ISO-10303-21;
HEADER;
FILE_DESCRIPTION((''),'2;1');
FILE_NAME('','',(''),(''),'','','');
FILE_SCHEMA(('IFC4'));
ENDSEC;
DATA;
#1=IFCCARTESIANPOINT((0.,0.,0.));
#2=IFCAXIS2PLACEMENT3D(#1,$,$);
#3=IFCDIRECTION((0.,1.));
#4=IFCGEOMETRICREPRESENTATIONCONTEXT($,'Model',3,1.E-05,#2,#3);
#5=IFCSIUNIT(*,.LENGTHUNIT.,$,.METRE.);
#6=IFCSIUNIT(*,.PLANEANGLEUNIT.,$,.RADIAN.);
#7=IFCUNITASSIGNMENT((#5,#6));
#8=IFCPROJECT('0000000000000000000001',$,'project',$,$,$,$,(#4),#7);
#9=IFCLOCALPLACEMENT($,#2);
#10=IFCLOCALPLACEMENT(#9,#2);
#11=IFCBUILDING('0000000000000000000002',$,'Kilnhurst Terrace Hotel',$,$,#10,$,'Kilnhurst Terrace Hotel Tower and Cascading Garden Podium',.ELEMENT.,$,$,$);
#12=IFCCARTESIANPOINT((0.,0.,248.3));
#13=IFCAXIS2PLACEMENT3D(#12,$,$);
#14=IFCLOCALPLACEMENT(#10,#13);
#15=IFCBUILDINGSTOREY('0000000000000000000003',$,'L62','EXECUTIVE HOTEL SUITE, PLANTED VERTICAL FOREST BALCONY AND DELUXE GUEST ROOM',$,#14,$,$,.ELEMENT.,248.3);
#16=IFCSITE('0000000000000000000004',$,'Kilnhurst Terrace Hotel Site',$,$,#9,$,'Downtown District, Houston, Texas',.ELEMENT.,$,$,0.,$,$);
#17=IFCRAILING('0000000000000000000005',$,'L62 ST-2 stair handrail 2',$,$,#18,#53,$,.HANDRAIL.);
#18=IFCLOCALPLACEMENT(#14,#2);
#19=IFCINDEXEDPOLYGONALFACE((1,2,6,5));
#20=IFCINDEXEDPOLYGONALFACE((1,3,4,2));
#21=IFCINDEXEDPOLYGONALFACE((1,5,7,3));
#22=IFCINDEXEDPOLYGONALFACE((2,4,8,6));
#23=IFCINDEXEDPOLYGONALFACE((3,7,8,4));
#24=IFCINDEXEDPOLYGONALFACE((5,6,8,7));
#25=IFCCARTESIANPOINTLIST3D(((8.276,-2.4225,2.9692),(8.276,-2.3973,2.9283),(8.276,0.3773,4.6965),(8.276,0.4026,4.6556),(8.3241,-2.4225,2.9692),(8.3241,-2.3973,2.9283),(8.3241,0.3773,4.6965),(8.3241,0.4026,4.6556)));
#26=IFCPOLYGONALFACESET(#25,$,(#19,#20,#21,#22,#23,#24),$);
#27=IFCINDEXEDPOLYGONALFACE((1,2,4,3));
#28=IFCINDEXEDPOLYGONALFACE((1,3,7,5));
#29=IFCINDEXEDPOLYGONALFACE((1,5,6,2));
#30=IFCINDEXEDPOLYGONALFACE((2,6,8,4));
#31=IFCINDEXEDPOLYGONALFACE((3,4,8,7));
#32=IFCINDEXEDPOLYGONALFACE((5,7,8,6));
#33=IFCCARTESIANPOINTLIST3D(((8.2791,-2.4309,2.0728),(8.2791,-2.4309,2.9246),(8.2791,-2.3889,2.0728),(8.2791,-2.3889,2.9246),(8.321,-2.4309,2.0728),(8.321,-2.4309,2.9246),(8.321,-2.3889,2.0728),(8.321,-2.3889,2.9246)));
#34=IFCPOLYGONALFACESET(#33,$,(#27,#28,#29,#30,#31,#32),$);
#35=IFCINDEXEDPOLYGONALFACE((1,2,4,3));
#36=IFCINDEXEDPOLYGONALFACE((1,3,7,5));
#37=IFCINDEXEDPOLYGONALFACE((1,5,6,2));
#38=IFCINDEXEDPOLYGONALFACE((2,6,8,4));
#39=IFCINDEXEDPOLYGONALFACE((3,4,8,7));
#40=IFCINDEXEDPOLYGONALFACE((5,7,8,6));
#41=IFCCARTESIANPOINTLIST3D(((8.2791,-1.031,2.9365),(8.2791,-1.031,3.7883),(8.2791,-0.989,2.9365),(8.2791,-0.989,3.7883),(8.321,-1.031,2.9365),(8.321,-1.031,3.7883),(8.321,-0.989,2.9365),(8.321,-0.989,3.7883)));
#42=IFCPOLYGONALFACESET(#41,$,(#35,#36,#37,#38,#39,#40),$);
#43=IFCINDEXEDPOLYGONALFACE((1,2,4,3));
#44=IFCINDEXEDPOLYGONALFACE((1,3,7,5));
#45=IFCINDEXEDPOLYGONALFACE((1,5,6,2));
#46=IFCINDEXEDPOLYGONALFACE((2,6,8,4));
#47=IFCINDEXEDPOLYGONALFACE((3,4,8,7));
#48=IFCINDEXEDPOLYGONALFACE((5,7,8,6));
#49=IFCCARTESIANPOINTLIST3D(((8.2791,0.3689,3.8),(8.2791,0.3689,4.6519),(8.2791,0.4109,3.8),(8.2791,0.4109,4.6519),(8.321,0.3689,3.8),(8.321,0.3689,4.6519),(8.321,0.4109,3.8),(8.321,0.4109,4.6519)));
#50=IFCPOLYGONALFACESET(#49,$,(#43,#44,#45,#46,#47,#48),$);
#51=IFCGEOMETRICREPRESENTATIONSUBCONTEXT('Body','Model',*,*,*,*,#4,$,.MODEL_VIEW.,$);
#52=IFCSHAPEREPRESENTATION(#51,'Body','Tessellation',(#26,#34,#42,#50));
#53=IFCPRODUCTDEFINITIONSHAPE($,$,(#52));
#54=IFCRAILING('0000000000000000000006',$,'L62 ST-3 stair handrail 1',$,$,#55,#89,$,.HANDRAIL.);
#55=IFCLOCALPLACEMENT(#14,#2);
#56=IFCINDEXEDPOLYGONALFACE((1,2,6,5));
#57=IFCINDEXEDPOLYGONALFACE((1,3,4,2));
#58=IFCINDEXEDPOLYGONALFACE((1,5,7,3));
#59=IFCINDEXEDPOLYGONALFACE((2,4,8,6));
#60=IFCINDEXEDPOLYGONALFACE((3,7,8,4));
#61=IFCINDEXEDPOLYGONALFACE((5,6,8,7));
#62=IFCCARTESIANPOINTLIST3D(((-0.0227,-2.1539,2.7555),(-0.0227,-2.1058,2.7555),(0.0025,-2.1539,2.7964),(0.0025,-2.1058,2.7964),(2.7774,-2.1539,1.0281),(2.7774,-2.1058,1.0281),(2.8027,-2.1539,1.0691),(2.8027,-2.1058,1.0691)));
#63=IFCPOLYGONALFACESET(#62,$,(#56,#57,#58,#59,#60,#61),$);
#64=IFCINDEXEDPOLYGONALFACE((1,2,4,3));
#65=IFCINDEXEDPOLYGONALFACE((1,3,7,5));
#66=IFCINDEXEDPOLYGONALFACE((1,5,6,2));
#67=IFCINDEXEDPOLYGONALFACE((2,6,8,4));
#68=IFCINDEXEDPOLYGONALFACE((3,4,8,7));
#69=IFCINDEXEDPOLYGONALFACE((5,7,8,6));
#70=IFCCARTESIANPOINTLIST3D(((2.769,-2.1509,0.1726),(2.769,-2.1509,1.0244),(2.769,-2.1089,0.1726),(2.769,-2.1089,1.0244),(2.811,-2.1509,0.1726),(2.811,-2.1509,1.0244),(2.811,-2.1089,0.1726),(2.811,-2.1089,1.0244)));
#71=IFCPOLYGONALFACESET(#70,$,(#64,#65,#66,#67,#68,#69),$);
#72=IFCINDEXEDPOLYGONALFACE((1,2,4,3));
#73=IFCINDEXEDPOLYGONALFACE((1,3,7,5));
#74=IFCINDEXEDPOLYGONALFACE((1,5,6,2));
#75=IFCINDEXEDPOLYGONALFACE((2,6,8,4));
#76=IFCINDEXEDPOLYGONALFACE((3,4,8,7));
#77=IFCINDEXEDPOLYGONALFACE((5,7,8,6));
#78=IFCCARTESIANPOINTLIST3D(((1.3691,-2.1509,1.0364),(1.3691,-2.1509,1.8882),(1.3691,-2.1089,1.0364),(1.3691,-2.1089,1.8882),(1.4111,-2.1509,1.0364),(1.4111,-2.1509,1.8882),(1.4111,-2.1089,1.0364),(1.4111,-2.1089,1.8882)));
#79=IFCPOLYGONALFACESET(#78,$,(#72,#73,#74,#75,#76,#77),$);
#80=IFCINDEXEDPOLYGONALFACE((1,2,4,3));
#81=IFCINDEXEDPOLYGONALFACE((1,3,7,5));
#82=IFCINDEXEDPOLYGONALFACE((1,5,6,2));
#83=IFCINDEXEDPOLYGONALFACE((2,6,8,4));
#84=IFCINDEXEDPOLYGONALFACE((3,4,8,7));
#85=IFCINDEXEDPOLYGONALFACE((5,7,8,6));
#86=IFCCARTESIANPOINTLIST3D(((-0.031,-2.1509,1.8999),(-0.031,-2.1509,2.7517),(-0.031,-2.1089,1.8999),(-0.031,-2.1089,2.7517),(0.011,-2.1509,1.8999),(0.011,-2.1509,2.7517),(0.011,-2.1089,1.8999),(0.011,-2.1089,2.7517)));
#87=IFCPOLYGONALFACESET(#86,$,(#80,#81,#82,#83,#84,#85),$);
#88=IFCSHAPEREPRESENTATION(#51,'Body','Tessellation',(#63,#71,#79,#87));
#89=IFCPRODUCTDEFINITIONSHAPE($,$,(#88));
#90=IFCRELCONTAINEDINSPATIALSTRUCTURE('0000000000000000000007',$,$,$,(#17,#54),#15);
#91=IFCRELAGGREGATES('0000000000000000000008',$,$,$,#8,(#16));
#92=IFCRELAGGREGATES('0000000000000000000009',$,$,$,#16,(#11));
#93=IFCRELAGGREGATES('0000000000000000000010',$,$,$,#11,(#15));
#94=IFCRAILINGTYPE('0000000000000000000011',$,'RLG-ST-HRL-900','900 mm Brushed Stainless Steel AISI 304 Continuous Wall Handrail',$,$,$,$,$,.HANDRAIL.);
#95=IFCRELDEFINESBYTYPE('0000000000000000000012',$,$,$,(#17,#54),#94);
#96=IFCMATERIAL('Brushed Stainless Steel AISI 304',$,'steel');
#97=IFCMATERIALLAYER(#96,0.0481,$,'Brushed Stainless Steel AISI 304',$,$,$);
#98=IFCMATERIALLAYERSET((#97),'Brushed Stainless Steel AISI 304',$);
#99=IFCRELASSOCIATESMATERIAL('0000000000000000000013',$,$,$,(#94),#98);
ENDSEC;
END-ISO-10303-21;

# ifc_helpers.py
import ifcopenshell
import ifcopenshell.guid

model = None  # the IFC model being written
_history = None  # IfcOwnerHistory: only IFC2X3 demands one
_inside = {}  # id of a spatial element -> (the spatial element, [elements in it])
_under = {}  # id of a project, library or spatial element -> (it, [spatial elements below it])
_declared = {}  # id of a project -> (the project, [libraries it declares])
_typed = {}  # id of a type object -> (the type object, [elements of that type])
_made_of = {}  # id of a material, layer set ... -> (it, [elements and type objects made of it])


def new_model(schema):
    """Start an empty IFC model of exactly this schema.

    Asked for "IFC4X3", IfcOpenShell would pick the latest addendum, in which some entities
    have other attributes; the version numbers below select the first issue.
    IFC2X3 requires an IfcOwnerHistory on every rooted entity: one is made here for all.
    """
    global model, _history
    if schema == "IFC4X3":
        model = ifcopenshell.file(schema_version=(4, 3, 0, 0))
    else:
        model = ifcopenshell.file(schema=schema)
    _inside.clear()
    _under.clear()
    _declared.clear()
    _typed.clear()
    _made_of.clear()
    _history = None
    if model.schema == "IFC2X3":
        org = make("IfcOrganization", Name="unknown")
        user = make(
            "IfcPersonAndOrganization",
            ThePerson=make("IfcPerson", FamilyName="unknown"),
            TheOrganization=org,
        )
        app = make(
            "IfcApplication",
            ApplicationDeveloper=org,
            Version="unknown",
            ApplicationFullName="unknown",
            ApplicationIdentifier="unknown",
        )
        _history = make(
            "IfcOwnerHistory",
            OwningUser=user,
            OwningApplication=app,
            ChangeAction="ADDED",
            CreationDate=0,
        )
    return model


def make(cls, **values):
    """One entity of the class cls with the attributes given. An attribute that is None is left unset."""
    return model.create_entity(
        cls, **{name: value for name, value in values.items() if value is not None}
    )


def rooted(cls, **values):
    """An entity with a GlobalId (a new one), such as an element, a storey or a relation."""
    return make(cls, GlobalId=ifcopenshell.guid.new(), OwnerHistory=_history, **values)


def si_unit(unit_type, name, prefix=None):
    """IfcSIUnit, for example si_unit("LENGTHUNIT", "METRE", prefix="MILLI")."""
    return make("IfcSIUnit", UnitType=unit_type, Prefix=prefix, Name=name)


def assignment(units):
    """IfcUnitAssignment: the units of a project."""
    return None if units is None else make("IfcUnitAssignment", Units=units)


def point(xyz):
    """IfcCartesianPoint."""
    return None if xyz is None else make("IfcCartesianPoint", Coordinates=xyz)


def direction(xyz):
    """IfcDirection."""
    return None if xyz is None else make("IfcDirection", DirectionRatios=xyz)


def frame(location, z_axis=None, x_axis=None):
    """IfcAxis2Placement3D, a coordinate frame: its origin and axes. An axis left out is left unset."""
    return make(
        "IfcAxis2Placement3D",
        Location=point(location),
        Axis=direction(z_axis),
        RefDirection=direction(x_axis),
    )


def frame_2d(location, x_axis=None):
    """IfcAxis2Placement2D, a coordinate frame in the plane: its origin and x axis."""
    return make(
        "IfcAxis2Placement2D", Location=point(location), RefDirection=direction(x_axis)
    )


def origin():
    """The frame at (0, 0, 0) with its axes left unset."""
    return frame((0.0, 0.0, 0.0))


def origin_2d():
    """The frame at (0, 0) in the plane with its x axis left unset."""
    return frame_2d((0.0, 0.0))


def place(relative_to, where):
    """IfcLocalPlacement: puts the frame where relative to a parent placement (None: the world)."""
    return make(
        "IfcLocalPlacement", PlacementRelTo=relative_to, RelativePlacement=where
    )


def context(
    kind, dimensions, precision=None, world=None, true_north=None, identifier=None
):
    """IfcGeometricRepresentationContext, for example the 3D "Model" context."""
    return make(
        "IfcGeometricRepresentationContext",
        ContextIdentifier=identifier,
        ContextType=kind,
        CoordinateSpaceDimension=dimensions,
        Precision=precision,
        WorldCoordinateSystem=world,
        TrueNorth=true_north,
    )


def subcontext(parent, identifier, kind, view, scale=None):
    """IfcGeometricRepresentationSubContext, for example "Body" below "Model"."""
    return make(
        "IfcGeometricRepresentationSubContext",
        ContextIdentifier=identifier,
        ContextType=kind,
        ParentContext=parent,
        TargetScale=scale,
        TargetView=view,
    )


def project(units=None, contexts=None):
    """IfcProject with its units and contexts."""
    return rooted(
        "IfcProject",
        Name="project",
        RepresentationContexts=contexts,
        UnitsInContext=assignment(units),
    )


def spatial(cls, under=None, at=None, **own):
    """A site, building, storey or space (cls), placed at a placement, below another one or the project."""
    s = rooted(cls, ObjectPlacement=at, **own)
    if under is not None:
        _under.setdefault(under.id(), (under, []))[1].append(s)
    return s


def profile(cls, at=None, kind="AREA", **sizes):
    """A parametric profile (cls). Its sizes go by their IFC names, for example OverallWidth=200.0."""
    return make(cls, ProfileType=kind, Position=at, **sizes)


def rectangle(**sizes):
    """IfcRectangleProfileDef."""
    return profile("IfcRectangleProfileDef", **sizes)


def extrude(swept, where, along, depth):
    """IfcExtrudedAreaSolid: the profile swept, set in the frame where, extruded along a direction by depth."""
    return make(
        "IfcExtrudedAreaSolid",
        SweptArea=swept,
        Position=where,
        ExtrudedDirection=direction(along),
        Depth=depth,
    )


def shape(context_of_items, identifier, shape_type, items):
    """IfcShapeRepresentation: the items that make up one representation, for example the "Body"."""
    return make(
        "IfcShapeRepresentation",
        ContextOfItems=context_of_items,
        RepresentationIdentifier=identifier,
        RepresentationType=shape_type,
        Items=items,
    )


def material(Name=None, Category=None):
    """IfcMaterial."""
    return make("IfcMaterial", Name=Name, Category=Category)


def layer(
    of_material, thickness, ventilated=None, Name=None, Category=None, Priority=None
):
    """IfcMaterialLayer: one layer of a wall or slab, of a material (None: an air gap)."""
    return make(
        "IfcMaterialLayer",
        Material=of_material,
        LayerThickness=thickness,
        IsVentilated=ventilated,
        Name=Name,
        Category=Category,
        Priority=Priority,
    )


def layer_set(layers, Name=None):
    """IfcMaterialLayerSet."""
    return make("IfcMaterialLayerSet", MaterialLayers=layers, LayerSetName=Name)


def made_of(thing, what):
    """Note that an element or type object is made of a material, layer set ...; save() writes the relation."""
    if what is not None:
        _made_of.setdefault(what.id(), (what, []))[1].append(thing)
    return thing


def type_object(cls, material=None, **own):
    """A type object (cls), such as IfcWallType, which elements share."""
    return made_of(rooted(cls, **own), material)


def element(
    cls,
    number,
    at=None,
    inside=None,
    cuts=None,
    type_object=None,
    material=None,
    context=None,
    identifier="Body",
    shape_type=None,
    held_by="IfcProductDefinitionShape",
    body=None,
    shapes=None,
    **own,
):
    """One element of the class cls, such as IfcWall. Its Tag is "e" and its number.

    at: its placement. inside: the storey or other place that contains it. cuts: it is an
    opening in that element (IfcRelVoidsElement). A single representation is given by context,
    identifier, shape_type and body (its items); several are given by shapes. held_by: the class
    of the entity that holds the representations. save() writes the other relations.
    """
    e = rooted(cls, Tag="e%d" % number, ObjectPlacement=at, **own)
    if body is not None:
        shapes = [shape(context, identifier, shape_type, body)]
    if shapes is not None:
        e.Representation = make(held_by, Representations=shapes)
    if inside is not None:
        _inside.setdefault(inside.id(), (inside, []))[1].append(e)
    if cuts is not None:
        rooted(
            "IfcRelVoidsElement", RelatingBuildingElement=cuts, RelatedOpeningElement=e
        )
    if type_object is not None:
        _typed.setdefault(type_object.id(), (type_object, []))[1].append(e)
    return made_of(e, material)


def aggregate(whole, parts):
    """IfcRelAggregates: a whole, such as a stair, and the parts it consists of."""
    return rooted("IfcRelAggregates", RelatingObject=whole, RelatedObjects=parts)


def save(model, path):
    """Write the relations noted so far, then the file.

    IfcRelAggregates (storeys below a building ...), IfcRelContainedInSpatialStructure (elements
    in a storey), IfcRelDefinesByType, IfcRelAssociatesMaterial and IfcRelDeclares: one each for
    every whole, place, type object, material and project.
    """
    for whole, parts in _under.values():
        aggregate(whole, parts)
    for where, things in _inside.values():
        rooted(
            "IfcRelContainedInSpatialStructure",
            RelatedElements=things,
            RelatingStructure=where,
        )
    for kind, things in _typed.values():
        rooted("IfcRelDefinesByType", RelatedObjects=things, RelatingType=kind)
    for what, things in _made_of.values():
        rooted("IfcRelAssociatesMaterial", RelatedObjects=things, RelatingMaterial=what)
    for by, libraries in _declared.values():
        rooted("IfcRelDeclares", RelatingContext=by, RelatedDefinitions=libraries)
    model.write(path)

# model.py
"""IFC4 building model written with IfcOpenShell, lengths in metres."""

from ifc_helpers import new_model, si_unit, direction, frame, origin, origin_2d, place, context, subcontext, project, spatial, rectangle, extrude, material, layer, layer_set, type_object, element, save


model = new_model("IFC4")

# Units and contexts
model_context = context("Model", 3, precision=1e-05, world=origin(), true_north=direction((0.0, 1.0)))
body_context = subcontext(model_context, "Body", "Model", "MODEL_VIEW")
ifc_project = project(units=[si_unit("LENGTHUNIT", "METRE"), si_unit("PLANEANGLEUNIT", "RADIAN")], contexts=[model_context])

# Site, building, storey
site_placement = place(None, origin())
site = spatial("IfcSite", under=ifc_project, at=site_placement, Name="Kilnhurst Terrace Hotel Site", LongName="Downtown District, Houston, Texas", CompositionType="ELEMENT", RefElevation=0.0)
building_placement = place(site_placement, origin())
building = spatial("IfcBuilding", under=site, at=building_placement, Name="Kilnhurst Terrace Hotel", LongName="Kilnhurst Terrace Hotel Tower and Cascading Garden Podium", CompositionType="ELEMENT")
storey_placement = place(building_placement, frame((0.0, 0.0, 248.3)))
storey = spatial("IfcBuildingStorey", under=building, at=storey_placement, Name="L62", Description="EXECUTIVE HOTEL SUITE, PLANTED VERTICAL FOREST BALCONY AND DELUXE GUEST ROOM", CompositionType="ELEMENT", Elevation=248.3)

# Railings
ifc_material_1 = material(Name="Brushed Stainless Steel AISI 304", Category="steel")
ifc_layer_1 = layer(ifc_material_1, 0.0481, Name="Brushed Stainless Steel AISI 304")
ifc_layer_set_1 = layer_set([ifc_layer_1], Name="Brushed Stainless Steel AISI 304")
railing_type_1 = type_object("IfcRailingType", Name="RLG-ST-HRL-900", Description="900 mm Brushed Stainless Steel AISI 304 Continuous Wall Handrail", PredefinedType="HANDRAIL", material=ifc_layer_set_1)
railing_1_placement = place(storey_placement, frame((8.3, -2.4099, 2.0728)))
element("IfcRailing", 1, at=railing_1_placement, inside=storey, type_object=railing_type_1, Name="L62 ST-2 stair handrail 2", PredefinedType="HANDRAIL", context=body_context, shape_type="SweptSolid", body=[
    extrude(rectangle(XDim=0.0481, YDim=0.0481, at=origin_2d()), frame((0.0, 0.0, 0.876), z_axis=(0.0, 0.851069, 0.525054), x_axis=(-1.0, 0.0, 0.0)), (0.0, 0.0, 1.0), 3.2898),
    extrude(rectangle(XDim=0.042, YDim=0.042, at=origin_2d()), origin(), (0.0, 0.0, 1.0), 0.8518),
    extrude(rectangle(XDim=0.042, YDim=0.042, at=origin_2d()), frame((0.0, 1.3999, 0.8638)), (0.0, 0.0, 1.0), 0.8518),
    extrude(rectangle(XDim=0.042, YDim=0.042, at=origin_2d()), frame((0.0, 2.7998, 1.7273)), (0.0, 0.0, 1.0), 0.8518),
])
railing_2_placement = place(storey_placement, frame((2.79, -2.1299, 0.1726)))
element("IfcRailing", 2, at=railing_2_placement, inside=storey, type_object=railing_type_1, Name="L62 ST-3 stair handrail 1", PredefinedType="HANDRAIL", context=body_context, shape_type="SweptSolid", body=[
    extrude(rectangle(XDim=0.0481, YDim=0.0481, at=origin_2d()), frame((0.0, 0.0, 0.876), z_axis=(-0.85109, 0.0, 0.52502), x_axis=(0.0, -1.0, 0.0)), (0.0, 0.0, 1.0), 3.29),
    extrude(rectangle(XDim=0.042, YDim=0.042, at=origin_2d()), origin(), (0.0, 0.0, 1.0), 0.8518),
    extrude(rectangle(XDim=0.042, YDim=0.042, at=origin_2d()), frame((-1.3999, 0.0, 0.8638)), (0.0, 0.0, 1.0), 0.8518),
    extrude(rectangle(XDim=0.042, YDim=0.042, at=origin_2d()), frame((-2.8, 0.0, 1.7273)), (0.0, 0.0, 1.0), 0.8518),
])

save(model, "model.ifc")
